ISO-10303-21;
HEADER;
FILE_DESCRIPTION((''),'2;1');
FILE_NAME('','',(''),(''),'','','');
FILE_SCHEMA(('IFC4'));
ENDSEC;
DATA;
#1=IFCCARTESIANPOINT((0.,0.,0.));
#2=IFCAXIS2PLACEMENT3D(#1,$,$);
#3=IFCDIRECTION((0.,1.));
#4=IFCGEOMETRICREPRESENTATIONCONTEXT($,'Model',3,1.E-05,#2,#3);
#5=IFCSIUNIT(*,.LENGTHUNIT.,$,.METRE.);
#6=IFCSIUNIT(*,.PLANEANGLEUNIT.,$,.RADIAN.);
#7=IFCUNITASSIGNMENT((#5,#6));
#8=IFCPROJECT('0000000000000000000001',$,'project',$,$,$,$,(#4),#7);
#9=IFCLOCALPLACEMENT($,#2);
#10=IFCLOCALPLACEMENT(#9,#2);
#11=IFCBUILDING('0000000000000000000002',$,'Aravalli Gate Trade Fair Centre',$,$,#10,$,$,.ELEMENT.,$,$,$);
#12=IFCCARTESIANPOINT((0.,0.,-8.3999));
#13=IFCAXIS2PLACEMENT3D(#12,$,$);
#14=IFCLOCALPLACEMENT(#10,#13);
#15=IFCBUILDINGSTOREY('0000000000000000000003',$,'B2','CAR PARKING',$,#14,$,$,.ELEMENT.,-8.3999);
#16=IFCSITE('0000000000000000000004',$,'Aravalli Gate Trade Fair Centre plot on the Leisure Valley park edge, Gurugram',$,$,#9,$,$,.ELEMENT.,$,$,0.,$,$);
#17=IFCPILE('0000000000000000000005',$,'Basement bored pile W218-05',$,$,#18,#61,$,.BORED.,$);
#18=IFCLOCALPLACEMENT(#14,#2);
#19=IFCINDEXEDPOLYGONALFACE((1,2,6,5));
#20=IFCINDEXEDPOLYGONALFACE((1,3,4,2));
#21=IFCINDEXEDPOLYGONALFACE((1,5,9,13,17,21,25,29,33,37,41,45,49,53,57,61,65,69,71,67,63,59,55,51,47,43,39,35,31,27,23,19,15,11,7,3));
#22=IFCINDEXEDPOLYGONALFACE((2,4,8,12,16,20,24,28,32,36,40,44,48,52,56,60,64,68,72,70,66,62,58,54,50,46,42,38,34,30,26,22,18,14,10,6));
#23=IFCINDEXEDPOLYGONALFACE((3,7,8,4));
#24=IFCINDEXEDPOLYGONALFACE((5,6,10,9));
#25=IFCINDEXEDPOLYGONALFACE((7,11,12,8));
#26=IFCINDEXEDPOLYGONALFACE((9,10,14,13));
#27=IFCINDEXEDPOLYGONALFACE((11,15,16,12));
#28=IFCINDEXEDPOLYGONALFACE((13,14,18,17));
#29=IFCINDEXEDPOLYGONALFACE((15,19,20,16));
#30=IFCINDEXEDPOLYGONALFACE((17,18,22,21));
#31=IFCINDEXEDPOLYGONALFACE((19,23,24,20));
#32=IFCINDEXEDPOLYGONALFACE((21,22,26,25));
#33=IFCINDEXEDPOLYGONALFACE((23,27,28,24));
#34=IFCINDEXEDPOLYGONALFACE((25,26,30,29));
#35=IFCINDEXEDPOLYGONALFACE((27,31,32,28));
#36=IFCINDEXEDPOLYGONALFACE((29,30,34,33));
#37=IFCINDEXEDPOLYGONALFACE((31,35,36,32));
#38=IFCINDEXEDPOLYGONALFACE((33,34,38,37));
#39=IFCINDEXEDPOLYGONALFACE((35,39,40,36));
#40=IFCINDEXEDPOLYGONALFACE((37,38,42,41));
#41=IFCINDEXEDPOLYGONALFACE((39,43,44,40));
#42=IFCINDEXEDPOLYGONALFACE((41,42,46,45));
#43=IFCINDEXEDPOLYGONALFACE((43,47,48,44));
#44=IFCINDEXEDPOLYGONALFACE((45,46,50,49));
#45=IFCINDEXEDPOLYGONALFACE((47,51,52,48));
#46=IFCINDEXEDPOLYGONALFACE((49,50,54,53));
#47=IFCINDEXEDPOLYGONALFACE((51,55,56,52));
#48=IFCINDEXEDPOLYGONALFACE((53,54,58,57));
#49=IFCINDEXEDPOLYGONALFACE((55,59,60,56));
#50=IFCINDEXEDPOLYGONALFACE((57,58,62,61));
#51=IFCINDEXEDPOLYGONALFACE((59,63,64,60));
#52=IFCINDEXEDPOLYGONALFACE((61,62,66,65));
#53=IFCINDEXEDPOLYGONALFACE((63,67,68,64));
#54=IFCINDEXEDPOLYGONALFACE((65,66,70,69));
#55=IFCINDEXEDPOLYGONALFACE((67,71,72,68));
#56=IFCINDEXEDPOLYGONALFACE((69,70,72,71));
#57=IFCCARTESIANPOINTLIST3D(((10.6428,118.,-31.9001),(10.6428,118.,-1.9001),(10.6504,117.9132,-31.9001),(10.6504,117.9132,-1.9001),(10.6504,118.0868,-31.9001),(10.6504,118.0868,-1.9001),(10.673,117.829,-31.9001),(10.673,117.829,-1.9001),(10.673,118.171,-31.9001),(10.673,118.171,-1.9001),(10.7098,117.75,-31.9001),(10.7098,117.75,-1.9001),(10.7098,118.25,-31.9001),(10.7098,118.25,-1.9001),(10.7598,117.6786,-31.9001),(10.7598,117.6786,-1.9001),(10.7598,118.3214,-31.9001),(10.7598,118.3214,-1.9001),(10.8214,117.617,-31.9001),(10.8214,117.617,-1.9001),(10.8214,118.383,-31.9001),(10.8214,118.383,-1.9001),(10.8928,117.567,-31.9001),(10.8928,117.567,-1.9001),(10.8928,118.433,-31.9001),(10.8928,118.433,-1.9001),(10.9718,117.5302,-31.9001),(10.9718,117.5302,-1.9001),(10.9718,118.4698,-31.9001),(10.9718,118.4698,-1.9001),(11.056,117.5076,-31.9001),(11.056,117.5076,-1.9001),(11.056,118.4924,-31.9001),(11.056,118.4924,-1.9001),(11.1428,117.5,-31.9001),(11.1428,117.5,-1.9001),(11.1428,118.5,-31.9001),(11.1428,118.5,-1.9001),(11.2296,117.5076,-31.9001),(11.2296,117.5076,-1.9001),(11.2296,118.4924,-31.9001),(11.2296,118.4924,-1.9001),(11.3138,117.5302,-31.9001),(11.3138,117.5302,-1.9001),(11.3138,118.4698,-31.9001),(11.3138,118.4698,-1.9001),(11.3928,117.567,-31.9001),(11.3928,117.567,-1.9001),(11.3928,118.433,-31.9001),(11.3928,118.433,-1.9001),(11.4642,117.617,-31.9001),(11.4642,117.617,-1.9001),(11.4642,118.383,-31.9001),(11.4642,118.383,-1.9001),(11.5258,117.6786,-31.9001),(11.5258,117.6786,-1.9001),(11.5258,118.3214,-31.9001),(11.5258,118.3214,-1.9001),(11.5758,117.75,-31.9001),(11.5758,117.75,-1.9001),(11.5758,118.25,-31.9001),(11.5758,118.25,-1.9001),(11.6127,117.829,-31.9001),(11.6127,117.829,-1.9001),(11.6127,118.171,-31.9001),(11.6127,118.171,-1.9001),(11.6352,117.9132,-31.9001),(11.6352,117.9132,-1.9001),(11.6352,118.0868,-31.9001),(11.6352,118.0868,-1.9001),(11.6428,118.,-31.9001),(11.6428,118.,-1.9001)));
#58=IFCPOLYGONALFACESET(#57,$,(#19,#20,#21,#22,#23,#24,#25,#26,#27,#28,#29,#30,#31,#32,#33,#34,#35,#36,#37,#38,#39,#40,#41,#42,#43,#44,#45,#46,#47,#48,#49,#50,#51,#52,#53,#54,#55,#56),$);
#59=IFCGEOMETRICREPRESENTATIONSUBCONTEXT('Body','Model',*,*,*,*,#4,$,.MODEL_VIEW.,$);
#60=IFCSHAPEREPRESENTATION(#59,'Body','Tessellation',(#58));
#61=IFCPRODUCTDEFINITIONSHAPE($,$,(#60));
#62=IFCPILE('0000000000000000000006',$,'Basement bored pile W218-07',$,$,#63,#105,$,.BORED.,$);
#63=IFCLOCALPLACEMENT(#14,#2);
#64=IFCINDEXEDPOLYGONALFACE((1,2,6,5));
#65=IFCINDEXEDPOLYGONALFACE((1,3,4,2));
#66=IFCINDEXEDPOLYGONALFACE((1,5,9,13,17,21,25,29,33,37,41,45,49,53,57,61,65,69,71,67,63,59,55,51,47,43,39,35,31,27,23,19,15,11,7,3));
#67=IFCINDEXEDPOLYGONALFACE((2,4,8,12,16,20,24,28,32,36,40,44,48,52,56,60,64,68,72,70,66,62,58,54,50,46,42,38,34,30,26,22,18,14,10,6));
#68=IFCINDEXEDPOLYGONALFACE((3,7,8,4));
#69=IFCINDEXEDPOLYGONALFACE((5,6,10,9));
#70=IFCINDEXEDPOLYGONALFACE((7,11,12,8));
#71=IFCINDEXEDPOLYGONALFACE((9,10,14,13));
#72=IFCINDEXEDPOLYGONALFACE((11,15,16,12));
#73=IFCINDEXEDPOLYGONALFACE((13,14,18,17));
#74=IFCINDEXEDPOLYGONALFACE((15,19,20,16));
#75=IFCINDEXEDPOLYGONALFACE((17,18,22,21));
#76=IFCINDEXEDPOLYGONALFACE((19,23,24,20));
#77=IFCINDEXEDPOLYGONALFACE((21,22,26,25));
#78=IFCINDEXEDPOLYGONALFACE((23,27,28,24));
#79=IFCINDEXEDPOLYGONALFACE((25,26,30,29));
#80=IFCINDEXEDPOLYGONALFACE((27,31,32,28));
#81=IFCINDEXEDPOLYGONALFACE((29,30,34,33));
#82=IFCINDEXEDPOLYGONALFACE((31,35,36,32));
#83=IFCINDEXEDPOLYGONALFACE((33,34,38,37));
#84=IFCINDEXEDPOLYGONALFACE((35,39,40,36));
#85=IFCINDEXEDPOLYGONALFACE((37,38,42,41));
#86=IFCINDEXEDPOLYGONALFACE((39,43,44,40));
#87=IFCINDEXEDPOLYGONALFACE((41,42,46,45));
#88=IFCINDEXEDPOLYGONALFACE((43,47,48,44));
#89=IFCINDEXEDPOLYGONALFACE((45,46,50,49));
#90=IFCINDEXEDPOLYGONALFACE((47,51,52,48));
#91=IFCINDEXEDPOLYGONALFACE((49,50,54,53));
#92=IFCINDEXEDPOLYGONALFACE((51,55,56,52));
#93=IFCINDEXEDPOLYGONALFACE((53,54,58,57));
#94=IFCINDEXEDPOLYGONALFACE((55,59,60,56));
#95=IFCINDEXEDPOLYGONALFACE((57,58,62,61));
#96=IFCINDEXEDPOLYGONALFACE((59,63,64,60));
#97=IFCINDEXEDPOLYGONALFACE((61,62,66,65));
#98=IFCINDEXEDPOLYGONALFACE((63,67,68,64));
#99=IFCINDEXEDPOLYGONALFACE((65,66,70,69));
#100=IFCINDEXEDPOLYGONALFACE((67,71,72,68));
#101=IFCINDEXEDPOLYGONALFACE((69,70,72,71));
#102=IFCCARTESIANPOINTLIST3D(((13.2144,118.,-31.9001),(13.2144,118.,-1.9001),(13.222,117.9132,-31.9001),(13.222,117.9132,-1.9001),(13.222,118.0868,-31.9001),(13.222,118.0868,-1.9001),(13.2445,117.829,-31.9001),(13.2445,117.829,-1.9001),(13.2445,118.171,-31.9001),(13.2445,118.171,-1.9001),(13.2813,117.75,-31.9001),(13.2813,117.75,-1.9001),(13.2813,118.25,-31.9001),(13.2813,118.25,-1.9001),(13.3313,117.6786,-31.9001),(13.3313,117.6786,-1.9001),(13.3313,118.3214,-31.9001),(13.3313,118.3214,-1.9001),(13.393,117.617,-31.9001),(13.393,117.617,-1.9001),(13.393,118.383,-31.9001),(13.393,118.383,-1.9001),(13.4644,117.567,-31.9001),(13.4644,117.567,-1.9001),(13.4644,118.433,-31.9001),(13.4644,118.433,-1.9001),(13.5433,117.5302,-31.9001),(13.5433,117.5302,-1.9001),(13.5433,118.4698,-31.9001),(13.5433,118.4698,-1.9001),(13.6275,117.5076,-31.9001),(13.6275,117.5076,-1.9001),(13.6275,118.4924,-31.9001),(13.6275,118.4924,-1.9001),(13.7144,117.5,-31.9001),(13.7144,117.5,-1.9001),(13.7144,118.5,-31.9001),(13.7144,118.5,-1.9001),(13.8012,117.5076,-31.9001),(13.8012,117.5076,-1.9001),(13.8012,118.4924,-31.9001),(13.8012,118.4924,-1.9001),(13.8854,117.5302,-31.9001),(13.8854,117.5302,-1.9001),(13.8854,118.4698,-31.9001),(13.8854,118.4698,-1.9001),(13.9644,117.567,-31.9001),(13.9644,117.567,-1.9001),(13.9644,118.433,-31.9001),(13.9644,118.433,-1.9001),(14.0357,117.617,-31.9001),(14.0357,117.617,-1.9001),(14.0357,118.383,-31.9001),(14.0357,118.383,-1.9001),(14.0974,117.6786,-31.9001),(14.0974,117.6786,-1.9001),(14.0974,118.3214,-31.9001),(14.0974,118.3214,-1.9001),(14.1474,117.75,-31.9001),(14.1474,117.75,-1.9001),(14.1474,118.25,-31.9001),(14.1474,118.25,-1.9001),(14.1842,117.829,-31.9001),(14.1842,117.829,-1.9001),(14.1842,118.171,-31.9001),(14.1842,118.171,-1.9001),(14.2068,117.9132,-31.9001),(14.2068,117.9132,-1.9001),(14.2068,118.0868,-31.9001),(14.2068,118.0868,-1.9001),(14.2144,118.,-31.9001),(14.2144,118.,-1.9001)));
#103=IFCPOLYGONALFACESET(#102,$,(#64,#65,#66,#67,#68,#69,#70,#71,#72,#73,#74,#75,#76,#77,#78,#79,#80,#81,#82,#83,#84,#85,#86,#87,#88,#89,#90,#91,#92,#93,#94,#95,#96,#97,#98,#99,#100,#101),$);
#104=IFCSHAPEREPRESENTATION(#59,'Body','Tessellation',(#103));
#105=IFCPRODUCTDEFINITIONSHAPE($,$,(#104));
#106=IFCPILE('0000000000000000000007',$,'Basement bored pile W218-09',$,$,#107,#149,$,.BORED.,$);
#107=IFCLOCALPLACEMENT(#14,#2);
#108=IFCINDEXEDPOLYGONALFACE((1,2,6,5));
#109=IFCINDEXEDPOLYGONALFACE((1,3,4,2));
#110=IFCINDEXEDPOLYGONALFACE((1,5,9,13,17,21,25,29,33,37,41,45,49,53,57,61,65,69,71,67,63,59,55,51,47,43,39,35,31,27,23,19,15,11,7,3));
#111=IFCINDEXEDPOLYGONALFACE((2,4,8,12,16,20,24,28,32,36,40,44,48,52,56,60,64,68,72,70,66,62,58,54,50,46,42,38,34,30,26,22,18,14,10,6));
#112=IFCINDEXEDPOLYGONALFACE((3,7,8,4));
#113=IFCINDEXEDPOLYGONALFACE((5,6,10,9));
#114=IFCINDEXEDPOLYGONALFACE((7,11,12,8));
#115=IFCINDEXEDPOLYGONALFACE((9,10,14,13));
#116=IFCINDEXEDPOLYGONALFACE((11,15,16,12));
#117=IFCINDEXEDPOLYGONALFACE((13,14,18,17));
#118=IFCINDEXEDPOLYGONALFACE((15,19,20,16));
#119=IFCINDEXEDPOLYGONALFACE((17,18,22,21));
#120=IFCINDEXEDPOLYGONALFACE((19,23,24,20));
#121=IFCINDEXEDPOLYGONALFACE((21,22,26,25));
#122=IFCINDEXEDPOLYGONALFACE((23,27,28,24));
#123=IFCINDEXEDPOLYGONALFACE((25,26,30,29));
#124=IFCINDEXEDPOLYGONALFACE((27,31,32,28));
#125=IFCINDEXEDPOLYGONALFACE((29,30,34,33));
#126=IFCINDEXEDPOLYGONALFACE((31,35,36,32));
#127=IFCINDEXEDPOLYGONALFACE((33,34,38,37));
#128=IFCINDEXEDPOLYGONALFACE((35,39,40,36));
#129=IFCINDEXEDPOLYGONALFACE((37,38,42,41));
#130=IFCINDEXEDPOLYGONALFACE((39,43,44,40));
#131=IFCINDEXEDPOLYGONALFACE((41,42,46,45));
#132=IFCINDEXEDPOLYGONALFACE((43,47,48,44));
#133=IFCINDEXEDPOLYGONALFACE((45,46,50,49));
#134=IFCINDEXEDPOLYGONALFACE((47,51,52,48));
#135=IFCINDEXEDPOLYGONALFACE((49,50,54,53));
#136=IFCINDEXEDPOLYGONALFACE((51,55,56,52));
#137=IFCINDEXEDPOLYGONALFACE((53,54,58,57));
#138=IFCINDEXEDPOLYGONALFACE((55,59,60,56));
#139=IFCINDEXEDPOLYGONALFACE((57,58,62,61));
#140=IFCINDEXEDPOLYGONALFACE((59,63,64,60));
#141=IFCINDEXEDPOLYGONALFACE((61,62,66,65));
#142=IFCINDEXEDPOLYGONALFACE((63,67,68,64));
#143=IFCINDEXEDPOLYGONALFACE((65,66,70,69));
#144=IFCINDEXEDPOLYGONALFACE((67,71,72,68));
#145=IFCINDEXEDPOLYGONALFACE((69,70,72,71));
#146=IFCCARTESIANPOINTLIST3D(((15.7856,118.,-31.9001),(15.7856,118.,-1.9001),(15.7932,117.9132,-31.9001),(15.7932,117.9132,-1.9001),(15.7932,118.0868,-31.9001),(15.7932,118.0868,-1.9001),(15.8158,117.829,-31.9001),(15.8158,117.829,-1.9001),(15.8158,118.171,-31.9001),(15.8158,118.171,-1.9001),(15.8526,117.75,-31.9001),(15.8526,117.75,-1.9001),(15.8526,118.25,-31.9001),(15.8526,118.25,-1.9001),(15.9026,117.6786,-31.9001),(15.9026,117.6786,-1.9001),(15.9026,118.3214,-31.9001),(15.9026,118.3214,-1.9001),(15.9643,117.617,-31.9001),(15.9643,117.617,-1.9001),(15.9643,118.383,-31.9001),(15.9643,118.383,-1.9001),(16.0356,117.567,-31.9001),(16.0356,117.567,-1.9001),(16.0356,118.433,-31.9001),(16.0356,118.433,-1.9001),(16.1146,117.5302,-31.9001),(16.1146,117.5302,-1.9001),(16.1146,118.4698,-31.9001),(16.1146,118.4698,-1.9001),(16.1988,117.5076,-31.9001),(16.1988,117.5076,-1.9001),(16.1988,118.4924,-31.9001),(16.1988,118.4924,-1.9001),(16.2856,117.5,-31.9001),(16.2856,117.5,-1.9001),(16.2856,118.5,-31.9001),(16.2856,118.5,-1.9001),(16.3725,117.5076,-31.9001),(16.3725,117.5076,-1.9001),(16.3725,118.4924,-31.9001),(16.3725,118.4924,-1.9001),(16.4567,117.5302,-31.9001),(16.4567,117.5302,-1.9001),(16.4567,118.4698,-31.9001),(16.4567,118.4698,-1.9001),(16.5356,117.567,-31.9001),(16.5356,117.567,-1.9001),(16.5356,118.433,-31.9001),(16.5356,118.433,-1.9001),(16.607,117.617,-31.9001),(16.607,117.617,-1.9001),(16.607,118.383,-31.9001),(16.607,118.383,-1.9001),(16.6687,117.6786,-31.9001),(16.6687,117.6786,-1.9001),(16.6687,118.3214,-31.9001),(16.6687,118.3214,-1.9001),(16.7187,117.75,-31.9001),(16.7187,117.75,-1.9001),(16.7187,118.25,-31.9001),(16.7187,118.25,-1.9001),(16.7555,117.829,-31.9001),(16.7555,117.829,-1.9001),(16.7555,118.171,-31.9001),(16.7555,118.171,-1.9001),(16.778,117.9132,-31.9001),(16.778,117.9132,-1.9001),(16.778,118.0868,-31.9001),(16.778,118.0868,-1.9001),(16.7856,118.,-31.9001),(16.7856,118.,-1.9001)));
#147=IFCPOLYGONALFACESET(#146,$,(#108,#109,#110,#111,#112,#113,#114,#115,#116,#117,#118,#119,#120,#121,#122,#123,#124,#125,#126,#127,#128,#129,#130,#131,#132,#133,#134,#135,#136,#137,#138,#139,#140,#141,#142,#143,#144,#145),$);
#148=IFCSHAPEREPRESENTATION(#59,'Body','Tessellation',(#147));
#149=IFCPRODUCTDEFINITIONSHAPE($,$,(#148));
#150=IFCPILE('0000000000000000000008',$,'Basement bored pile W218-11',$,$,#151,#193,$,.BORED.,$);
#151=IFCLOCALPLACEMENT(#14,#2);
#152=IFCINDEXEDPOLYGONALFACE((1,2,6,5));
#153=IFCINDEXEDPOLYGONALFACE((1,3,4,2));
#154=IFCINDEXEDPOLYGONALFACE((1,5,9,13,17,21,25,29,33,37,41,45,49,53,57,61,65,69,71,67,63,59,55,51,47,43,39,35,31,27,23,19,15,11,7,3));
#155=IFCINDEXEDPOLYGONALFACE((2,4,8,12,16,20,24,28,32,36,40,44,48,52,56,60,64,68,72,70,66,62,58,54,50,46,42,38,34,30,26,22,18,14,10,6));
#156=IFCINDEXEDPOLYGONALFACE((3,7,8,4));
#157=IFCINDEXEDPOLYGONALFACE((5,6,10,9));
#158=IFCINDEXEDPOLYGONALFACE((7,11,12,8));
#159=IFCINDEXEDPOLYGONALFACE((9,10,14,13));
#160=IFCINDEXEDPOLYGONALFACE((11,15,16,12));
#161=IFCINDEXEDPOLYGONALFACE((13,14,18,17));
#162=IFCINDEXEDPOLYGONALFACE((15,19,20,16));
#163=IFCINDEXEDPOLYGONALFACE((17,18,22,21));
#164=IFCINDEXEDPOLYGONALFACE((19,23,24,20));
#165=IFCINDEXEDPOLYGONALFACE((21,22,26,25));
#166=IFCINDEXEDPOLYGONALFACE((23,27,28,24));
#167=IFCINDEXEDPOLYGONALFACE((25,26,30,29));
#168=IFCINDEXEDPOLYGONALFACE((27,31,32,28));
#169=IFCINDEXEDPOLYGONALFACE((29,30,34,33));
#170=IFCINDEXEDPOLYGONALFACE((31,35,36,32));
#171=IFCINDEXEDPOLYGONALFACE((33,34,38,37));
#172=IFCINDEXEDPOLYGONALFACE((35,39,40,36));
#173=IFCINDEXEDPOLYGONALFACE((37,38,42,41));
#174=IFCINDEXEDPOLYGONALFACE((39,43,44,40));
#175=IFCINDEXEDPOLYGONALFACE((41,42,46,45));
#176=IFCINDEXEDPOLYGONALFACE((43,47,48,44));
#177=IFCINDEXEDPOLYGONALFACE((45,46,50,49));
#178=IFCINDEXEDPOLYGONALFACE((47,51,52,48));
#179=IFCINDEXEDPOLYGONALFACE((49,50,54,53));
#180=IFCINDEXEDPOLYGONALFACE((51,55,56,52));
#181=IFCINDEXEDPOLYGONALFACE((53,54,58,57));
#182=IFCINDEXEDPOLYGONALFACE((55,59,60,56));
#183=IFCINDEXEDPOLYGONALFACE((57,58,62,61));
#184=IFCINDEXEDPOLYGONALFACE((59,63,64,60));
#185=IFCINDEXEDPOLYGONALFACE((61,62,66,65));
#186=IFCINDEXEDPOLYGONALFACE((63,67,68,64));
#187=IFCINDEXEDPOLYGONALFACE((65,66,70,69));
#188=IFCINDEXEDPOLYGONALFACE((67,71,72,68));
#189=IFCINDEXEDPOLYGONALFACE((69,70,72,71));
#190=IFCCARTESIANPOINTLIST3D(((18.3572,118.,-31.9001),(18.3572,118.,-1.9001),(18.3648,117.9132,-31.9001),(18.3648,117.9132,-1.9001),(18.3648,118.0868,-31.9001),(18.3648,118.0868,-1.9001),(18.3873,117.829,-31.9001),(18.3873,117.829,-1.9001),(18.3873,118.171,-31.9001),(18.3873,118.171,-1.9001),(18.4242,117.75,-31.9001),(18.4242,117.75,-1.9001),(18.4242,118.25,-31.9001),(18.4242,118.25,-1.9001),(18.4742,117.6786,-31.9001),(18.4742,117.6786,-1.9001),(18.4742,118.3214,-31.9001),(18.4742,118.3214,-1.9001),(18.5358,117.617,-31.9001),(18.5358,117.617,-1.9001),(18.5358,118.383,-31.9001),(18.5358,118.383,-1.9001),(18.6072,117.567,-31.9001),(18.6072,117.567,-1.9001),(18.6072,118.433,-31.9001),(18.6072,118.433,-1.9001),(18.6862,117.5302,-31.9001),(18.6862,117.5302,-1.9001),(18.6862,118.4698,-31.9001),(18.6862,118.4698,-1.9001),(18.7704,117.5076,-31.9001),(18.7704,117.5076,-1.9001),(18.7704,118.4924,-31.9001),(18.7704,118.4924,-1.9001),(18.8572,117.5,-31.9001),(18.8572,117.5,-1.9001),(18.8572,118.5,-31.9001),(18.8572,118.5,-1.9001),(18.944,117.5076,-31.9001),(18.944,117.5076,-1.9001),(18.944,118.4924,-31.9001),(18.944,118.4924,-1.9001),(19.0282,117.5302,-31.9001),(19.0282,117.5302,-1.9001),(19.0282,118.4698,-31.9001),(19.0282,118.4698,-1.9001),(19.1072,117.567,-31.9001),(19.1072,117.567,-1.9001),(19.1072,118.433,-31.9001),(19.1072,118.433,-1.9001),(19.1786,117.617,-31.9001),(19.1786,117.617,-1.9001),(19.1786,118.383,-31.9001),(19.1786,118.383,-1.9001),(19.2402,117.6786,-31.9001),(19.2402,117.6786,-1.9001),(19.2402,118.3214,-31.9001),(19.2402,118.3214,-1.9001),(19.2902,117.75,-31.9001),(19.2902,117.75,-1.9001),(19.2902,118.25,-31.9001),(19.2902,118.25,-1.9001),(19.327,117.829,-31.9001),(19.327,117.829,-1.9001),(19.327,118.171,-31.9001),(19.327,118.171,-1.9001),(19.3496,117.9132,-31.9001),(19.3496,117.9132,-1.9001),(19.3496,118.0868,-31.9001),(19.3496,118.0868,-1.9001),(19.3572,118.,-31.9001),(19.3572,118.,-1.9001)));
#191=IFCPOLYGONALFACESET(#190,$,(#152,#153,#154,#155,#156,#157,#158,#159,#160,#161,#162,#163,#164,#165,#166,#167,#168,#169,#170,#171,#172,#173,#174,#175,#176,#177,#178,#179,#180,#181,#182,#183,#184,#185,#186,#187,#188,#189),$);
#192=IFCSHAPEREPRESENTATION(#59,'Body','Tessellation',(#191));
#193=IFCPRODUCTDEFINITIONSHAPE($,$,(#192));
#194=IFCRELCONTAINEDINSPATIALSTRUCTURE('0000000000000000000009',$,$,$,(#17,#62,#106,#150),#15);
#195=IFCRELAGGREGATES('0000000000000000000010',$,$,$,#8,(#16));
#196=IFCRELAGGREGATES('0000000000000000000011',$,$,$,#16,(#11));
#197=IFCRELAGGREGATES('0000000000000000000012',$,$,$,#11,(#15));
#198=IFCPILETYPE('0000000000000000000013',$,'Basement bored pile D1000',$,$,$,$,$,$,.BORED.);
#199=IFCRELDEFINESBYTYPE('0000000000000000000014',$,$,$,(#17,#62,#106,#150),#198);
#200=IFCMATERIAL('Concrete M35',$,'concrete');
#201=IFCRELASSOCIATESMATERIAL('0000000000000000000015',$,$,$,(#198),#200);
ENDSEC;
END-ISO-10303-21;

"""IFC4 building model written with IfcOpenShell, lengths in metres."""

from ifc_helpers import new_model, si_unit, direction, frame, origin, origin_2d, place, context, subcontext, project, spatial, circle, extrude, material, material_profile, profile_set, type_object, element, save


model = new_model("IFC4")

# Units and contexts
model_context = context("Model", 3, precision=1e-05, world=origin(), true_north=direction((0.0, 1.0)))
body_context = subcontext(model_context, "Body", "Model", "MODEL_VIEW")
ifc_project = project(units=[si_unit("LENGTHUNIT", "METRE"), si_unit("PLANEANGLEUNIT", "RADIAN")], contexts=[model_context])

# Site, building, storey
site_placement = place(None, origin())
site = spatial("IfcSite", under=ifc_project, at=site_placement, Name="Aravalli Gate Trade Fair Centre plot on the Leisure Valley park edge, Gurugram", CompositionType="ELEMENT", RefElevation=0.0)
building_placement = place(site_placement, origin())
building = spatial("IfcBuilding", under=site, at=building_placement, Name="Aravalli Gate Trade Fair Centre", CompositionType="ELEMENT")
storey_placement = place(building_placement, frame((0.0, 0.0, -8.3999)))
storey = spatial("IfcBuildingStorey", under=building, at=storey_placement, Name="B2", Description="CAR PARKING", CompositionType="ELEMENT", Elevation=-8.3999)

# Piles
ifc_material_1 = material(Name="Concrete M35", Category="concrete")
ifc_material_profile_1 = material_profile(ifc_material_1, circle(Radius=0.5, at=origin_2d()), Name="D1000")
ifc_profile_set_1 = profile_set([ifc_material_profile_1], Name="Concrete M35")
pile_type = type_object("IfcPileType", Name="Basement bored pile D1000", PredefinedType="BORED", material=ifc_profile_set_1)
for number, where, z_axis, x_axis, name in (
    (1, (11.1428, 118.0, -1.9001), (0.0, 0.0, -1.0), (1.0, 0.0, 0.0), "Basement bored pile W218-05"),
    (2, (13.7144, 118.0, -1.9001), (0.0, 0.0, -1.0), (1.0, 0.0, 0.0), "Basement bored pile W218-07"),
    (3, (16.2856, 118.0, -1.9001), (0.0, 0.0, -1.0), (1.0, 0.0, 0.0), "Basement bored pile W218-09"),
    (4, (18.8572, 118.0, -1.9001), (0.0, 0.0, -1.0), (1.0, 0.0, 0.0), "Basement bored pile W218-11"),
):
    element("IfcPile", number, at=place(storey_placement, frame(where, z_axis=z_axis, x_axis=x_axis)), inside=storey, type_object=pile_type, Name=name, PredefinedType="BORED", context=body_context, shape_type="SweptSolid", body=[
        extrude(circle(Radius=0.5, at=origin_2d()), origin(), (0.0, 0.0, 1.0), 30.0),
    ])

save(model, "model.ifc")
